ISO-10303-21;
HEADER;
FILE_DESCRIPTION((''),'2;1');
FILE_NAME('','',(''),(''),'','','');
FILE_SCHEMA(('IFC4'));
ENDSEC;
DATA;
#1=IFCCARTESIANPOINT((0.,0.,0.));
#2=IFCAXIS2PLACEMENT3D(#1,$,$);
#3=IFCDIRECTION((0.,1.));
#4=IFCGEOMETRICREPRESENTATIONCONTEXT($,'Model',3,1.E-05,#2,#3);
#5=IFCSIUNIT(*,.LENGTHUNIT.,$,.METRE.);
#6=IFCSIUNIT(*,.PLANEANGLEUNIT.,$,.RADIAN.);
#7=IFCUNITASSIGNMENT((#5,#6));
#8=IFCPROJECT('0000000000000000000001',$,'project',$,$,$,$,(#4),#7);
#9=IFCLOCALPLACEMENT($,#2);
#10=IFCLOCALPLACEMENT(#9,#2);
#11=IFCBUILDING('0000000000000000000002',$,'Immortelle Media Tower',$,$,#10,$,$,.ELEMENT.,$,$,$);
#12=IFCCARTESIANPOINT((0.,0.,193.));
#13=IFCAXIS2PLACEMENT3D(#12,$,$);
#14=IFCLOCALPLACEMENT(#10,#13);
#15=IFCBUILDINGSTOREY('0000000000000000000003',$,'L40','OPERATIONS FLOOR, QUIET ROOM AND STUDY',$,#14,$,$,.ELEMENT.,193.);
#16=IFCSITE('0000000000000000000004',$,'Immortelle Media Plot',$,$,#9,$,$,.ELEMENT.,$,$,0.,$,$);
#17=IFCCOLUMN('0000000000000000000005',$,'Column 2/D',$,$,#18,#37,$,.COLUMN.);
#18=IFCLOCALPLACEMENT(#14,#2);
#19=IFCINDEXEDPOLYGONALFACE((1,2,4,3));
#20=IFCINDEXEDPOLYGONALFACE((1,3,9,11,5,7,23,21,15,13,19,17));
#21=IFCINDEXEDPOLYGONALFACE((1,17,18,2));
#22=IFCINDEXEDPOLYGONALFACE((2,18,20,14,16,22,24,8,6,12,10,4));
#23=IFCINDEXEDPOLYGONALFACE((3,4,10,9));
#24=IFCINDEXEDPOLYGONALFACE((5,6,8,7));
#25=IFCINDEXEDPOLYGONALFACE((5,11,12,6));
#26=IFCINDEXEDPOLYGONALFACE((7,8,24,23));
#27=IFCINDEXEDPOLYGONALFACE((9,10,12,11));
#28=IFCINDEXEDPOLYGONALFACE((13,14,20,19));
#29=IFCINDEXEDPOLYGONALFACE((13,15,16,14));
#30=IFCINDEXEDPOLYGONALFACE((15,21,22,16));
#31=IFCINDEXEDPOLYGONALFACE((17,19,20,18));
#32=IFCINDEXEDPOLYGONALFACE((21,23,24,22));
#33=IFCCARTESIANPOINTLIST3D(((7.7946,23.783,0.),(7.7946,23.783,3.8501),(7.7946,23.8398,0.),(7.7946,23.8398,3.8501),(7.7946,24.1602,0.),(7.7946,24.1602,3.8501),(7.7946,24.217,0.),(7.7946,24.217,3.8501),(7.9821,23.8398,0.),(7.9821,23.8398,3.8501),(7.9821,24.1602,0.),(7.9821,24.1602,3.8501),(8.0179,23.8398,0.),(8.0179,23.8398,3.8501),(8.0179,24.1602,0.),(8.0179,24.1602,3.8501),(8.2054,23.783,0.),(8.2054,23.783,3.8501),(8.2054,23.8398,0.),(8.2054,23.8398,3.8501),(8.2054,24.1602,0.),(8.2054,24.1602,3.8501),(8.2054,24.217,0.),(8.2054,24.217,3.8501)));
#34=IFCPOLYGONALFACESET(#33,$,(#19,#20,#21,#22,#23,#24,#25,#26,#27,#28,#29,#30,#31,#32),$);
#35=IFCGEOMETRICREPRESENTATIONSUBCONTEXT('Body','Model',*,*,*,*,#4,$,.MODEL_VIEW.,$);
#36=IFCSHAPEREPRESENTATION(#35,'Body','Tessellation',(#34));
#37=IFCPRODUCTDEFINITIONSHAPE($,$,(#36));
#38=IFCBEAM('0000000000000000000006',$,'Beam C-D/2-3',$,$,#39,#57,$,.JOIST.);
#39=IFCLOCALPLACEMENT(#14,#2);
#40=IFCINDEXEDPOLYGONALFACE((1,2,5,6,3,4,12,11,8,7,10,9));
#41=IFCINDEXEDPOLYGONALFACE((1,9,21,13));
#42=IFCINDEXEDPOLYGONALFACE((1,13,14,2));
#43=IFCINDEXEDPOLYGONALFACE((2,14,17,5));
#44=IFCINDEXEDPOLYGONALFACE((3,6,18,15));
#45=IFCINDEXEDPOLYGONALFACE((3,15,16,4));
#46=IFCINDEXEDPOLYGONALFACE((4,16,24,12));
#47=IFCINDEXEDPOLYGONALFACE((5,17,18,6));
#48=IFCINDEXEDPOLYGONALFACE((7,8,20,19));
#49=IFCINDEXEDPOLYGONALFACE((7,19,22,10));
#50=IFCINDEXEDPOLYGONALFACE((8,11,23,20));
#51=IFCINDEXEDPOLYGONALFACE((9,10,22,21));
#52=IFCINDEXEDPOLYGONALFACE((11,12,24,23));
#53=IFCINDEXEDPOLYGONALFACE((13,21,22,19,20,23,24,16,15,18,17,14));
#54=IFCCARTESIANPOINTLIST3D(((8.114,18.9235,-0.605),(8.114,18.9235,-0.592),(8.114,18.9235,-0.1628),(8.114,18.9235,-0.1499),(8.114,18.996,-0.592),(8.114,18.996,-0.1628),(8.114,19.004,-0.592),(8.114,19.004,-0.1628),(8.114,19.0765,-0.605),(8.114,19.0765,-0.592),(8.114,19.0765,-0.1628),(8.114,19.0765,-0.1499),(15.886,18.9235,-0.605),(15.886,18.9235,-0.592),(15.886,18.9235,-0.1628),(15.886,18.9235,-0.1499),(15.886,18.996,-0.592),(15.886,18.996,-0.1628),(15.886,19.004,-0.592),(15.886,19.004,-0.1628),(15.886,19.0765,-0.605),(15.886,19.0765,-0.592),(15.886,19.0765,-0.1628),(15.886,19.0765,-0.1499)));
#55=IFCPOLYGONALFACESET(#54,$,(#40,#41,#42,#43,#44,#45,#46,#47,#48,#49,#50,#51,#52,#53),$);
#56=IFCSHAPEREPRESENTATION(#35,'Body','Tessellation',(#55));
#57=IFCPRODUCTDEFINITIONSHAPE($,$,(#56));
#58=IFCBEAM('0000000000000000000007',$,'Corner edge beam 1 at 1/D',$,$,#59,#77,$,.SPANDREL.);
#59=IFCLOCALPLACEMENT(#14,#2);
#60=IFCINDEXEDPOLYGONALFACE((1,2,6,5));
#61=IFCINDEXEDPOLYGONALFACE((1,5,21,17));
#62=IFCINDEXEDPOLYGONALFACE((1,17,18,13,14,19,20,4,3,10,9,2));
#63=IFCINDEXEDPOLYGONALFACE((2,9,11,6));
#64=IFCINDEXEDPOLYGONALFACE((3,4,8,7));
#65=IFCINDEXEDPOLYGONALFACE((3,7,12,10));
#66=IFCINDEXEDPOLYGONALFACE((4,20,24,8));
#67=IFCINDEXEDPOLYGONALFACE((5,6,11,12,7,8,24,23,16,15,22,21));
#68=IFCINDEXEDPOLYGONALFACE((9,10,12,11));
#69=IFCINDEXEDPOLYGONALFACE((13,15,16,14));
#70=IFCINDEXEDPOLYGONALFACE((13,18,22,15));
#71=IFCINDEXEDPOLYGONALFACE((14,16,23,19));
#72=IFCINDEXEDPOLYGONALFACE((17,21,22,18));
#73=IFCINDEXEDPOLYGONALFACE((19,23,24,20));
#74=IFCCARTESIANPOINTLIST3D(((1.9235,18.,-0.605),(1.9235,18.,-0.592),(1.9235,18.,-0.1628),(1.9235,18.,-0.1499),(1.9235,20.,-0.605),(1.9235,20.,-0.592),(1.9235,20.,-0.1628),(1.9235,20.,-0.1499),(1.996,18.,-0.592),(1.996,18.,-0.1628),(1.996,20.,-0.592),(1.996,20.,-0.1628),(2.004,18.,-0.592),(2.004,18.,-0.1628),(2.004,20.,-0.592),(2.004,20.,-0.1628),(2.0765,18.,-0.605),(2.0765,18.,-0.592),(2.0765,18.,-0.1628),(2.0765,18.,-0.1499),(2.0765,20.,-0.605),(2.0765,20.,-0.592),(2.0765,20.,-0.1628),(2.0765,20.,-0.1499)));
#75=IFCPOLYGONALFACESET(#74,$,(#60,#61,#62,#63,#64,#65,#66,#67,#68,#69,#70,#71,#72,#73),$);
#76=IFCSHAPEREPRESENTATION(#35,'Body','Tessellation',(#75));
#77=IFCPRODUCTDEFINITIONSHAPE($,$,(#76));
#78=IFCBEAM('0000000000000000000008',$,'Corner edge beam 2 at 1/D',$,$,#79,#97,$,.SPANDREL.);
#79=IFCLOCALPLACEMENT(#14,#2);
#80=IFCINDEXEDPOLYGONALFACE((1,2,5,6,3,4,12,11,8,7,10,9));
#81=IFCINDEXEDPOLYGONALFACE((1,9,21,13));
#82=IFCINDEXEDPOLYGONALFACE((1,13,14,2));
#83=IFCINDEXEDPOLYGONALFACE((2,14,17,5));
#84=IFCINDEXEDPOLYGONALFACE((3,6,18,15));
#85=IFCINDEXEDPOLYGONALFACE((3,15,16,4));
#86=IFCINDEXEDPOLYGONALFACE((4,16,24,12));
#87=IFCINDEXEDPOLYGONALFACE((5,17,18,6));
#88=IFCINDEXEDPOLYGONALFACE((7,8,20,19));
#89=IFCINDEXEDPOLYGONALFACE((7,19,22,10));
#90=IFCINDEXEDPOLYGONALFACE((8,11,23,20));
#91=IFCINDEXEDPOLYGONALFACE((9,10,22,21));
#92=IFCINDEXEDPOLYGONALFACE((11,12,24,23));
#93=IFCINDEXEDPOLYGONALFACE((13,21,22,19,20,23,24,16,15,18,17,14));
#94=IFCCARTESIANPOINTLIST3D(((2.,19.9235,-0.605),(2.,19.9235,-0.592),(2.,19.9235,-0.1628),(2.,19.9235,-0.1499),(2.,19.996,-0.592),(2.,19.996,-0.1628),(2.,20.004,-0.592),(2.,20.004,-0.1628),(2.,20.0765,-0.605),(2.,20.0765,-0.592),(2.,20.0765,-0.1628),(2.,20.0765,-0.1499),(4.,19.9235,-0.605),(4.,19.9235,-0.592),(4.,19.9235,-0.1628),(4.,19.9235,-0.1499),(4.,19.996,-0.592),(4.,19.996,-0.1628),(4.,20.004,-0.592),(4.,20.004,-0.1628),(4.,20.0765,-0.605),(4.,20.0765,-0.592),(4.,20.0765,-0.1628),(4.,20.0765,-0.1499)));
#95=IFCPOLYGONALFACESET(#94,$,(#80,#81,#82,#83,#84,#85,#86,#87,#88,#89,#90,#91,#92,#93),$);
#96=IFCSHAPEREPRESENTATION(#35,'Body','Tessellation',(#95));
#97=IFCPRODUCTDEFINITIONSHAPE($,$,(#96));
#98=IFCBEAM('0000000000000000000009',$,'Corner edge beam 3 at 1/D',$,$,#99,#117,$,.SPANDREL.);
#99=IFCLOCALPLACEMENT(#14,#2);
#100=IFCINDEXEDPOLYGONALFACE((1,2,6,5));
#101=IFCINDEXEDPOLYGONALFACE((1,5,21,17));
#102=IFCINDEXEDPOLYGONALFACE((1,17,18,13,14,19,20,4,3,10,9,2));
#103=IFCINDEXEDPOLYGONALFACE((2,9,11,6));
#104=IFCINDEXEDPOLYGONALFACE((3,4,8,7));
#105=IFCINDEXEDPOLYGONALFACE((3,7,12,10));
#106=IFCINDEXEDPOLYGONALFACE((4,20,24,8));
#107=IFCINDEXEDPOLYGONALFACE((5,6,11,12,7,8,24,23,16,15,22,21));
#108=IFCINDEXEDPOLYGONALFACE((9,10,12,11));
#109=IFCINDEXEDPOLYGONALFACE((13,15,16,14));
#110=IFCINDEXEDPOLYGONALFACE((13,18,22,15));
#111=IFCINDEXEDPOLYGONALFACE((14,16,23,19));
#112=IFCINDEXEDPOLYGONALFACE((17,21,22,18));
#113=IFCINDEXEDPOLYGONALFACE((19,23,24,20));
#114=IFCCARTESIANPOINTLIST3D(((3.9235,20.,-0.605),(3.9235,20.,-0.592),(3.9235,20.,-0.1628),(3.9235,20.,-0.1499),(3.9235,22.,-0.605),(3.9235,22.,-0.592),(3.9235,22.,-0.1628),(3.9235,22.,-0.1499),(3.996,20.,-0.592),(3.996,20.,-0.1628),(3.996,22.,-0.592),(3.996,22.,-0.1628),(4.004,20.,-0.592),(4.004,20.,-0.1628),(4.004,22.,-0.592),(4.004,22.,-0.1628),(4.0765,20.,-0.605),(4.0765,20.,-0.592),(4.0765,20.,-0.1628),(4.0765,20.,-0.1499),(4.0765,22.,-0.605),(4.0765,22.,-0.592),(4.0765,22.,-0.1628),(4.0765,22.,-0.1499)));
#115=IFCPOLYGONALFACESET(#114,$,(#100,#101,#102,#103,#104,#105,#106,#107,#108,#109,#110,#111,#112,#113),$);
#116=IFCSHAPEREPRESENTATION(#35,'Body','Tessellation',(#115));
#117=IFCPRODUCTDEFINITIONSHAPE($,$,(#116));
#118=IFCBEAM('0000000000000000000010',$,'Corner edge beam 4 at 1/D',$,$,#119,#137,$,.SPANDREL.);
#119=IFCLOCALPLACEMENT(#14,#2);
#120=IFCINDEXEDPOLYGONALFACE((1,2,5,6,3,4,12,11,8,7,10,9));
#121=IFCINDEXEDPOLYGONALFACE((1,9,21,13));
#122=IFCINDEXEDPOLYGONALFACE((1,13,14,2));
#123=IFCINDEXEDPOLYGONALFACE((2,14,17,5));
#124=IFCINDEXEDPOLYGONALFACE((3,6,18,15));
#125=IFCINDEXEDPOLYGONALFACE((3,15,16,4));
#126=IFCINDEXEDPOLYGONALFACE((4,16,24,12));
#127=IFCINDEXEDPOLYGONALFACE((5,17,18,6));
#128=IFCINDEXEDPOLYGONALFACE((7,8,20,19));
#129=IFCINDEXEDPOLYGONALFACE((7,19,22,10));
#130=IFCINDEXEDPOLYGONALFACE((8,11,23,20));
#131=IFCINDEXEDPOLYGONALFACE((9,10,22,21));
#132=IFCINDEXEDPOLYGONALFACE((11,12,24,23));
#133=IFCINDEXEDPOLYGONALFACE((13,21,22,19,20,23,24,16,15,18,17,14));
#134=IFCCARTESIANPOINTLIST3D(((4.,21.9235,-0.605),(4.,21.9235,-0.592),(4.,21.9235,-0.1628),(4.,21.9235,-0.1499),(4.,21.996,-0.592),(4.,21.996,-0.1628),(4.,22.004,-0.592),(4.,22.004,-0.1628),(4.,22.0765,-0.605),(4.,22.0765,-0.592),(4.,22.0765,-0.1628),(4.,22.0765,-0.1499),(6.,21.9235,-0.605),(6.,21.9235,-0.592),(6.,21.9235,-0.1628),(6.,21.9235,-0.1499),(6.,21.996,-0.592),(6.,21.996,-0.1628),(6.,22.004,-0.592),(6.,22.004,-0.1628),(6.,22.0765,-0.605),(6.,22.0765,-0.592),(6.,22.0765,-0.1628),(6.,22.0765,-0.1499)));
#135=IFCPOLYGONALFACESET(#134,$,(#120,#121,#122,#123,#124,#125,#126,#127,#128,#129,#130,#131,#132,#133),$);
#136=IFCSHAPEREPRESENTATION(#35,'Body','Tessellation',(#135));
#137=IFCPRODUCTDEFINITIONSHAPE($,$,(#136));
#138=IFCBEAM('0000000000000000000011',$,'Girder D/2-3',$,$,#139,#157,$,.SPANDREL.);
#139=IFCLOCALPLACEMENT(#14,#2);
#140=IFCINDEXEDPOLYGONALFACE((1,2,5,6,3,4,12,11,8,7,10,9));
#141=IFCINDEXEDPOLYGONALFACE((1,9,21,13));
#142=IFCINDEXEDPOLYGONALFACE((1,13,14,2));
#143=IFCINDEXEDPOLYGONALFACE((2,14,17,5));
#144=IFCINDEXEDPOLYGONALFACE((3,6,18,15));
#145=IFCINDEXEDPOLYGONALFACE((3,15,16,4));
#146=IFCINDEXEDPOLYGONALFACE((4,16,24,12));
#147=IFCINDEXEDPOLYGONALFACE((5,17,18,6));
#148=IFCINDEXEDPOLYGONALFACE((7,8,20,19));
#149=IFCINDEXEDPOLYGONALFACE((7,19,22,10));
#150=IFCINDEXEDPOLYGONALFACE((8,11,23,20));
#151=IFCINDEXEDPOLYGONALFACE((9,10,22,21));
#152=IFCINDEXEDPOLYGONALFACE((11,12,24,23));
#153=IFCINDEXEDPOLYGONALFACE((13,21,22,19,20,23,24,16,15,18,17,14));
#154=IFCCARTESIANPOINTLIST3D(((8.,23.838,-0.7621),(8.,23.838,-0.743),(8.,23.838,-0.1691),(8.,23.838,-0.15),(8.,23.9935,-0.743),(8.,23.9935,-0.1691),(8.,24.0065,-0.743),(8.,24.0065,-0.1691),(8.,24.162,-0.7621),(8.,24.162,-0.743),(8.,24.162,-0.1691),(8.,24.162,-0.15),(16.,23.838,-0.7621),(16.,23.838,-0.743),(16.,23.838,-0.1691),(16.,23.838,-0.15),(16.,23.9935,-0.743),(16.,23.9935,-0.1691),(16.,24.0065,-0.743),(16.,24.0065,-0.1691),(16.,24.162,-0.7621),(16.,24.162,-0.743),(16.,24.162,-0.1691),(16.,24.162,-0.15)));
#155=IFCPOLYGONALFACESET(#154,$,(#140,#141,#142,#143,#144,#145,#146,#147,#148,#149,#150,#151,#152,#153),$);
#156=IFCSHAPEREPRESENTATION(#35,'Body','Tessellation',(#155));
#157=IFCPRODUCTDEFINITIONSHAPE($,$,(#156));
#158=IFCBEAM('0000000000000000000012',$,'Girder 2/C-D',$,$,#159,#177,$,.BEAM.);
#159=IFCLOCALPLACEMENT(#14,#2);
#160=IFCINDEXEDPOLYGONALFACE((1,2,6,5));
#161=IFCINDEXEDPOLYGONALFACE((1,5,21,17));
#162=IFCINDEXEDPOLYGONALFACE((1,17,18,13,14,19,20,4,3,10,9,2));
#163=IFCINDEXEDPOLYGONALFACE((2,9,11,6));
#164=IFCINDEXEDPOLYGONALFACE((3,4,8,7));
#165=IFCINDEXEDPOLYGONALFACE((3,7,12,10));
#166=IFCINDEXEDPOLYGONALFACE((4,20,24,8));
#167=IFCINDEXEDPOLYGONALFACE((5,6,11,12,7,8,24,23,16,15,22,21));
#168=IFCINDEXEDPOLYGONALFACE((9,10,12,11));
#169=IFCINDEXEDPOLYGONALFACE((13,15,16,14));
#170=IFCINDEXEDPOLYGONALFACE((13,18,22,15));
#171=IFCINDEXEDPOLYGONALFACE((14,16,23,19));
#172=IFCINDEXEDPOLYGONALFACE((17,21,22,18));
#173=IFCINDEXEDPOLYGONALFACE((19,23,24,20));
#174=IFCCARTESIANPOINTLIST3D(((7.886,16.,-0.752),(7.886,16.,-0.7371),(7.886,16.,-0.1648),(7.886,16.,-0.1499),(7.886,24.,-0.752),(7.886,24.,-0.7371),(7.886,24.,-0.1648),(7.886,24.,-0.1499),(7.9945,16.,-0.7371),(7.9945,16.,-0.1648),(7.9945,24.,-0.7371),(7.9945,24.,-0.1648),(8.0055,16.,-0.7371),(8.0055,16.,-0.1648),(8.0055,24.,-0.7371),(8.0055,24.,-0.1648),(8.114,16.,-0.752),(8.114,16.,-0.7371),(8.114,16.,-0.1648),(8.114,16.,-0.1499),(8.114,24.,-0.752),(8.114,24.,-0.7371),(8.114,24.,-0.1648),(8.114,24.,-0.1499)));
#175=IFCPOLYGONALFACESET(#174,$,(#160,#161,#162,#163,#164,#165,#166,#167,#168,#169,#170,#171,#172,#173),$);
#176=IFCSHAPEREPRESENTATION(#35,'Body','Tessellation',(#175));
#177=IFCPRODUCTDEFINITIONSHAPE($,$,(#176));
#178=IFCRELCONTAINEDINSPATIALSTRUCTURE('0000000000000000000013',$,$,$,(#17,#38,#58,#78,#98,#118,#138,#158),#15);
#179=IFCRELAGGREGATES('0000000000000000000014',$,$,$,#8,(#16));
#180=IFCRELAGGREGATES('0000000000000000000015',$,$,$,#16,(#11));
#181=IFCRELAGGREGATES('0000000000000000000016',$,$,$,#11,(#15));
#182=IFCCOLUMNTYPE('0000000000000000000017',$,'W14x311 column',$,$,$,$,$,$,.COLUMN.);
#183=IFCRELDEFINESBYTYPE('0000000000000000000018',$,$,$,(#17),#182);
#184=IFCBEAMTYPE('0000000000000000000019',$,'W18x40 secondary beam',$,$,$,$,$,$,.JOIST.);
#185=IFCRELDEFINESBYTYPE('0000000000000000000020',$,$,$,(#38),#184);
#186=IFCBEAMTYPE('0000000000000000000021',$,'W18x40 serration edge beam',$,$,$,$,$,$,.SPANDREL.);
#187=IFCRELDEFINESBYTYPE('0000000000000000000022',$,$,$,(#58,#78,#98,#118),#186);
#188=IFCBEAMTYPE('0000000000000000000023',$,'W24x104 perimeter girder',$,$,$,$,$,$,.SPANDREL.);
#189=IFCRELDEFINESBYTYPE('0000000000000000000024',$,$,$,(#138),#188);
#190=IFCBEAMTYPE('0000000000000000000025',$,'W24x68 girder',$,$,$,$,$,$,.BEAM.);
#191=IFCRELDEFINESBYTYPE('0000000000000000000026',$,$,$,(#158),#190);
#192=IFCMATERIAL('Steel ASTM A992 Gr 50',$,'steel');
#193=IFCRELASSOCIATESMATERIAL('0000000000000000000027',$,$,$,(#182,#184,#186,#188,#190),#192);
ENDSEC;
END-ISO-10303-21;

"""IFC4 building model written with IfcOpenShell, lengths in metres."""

from ifc_helpers import new_model, si_unit, direction, frame, origin, origin_2d, place, context, subcontext, project, spatial, i_section, extrude, material, material_profile, profile_set, type_object, element, save


model = new_model("IFC4")

# Units and contexts
model_context = context("Model", 3, precision=1e-05, world=origin(), true_north=direction((0.0, 1.0)))
body_context = subcontext(model_context, "Body", "Model", "MODEL_VIEW")
ifc_project = project(units=[si_unit("LENGTHUNIT", "METRE"), si_unit("PLANEANGLEUNIT", "RADIAN")], contexts=[model_context])

# Site, building, storey
site_placement = place(None, origin())
site = spatial("IfcSite", under=ifc_project, at=site_placement, Name="Immortelle Media Plot", CompositionType="ELEMENT", RefElevation=0.0)
building_placement = place(site_placement, origin())
building = spatial("IfcBuilding", under=site, at=building_placement, Name="Immortelle Media Tower", CompositionType="ELEMENT")
storey_placement = place(building_placement, frame((0.0, 0.0, 193.0)))
storey = spatial("IfcBuildingStorey", under=building, at=storey_placement, Name="L40", Description="OPERATIONS FLOOR, QUIET ROOM AND STUDY", CompositionType="ELEMENT", Elevation=193.0)

# Column
ifc_material_1 = material(Name="Steel ASTM A992 Gr 50", Category="steel")
ifc_material_profile_1 = material_profile(ifc_material_1, i_section(OverallWidth=0.4109, OverallDepth=0.4341, WebThickness=0.0359, FlangeThickness=0.0569, at=origin_2d()), Name="W14x311")
ifc_profile_set_1 = profile_set([ifc_material_profile_1], Name="Steel ASTM A992 Gr 50")
column_type = type_object("IfcColumnType", Name="W14x311 column", PredefinedType="COLUMN", material=ifc_profile_set_1)
column_placement = place(storey_placement, frame((8.0, 24.0, 0.0), z_axis=(0.0, 0.0, 1.0), x_axis=(1.0, 0.0, 0.0)))
element("IfcColumn", 1, at=column_placement, inside=storey, type_object=column_type, Name="Column 2/D", PredefinedType="COLUMN", context=body_context, shape_type="SweptSolid", body=[
    extrude(i_section(OverallWidth=0.4109, OverallDepth=0.4341, WebThickness=0.0359, FlangeThickness=0.0569, at=origin_2d()), origin(), (0.0, 0.0, 1.0), 3.8501),
])

# Beams
ifc_material_profile_2 = material_profile(ifc_material_1, i_section(OverallWidth=0.1531, OverallDepth=0.4551, WebThickness=0.0081, FlangeThickness=0.0129, at=origin_2d()), Name="W18x40")
ifc_profile_set_2 = profile_set([ifc_material_profile_2], Name="Steel ASTM A992 Gr 50")
beam_type_1 = type_object("IfcBeamType", Name="W18x40 secondary beam", PredefinedType="JOIST", material=ifc_profile_set_2)
beam_1_placement = place(storey_placement, frame((8.114, 19.0, -0.3774), z_axis=(1.0, 0.0, 0.0), x_axis=(0.0, 1.0, 0.0)))
element("IfcBeam", 2, at=beam_1_placement, inside=storey, type_object=beam_type_1, Name="Beam C-D/2-3", PredefinedType="JOIST", context=body_context, shape_type="SweptSolid", body=[
    extrude(i_section(OverallWidth=0.1531, OverallDepth=0.4551, WebThickness=0.0081, FlangeThickness=0.0129, at=origin_2d()), origin(), (0.0, 0.0, 1.0), 7.772),
])
ifc_material_profile_3 = material_profile(ifc_material_1, i_section(OverallWidth=0.1531, OverallDepth=0.4551, WebThickness=0.0081, FlangeThickness=0.0129, at=origin_2d()), Name="W18x40")
ifc_profile_set_3 = profile_set([ifc_material_profile_3], Name="Steel ASTM A992 Gr 50")
beam_type_2 = type_object("IfcBeamType", Name="W18x40 serration edge beam", PredefinedType="SPANDREL", material=ifc_profile_set_3)
for number, where, z_axis, x_axis, name in (
    (3, (2.0, 18.0, -0.3774), (0.0, 1.0, 0.0), (-1.0, 0.0, 0.0), "Corner edge beam 1 at 1/D"),
    (4, (2.0, 20.0, -0.3774), (1.0, 0.0, 0.0), (0.0, 1.0, 0.0), "Corner edge beam 2 at 1/D"),
    (5, (4.0, 20.0, -0.3774), (0.0, 1.0, 0.0), (-1.0, 0.0, 0.0), "Corner edge beam 3 at 1/D"),
    (6, (4.0, 22.0, -0.3774), (1.0, 0.0, 0.0), (0.0, 1.0, 0.0), "Corner edge beam 4 at 1/D"),
):
    element("IfcBeam", number, at=place(storey_placement, frame(where, z_axis=z_axis, x_axis=x_axis)), inside=storey, type_object=beam_type_2, Name=name, PredefinedType="SPANDREL", context=body_context, shape_type="SweptSolid", body=[
        extrude(i_section(OverallWidth=0.1531, OverallDepth=0.4551, WebThickness=0.0081, FlangeThickness=0.0129, at=origin_2d()), origin(), (0.0, 0.0, 1.0), 2.0),
    ])
ifc_material_profile_4 = material_profile(ifc_material_1, i_section(OverallWidth=0.324, OverallDepth=0.6121, WebThickness=0.0129, FlangeThickness=0.019, at=origin_2d()), Name="W24x104")
ifc_profile_set_4 = profile_set([ifc_material_profile_4], Name="Steel ASTM A992 Gr 50")
beam_type_3 = type_object("IfcBeamType", Name="W24x104 perimeter girder", PredefinedType="SPANDREL", material=ifc_profile_set_4)
beam_2_placement = place(storey_placement, frame((8.0, 24.0, -0.4561), z_axis=(1.0, 0.0, 0.0), x_axis=(0.0, 1.0, 0.0)))
element("IfcBeam", 7, at=beam_2_placement, inside=storey, type_object=beam_type_3, Name="Girder D/2-3", PredefinedType="SPANDREL", context=body_context, shape_type="SweptSolid", body=[
    extrude(i_section(OverallWidth=0.324, OverallDepth=0.6121, WebThickness=0.0129, FlangeThickness=0.019, at=origin_2d()), origin(), (0.0, 0.0, 1.0), 8.0),
])
ifc_material_profile_5 = material_profile(ifc_material_1, i_section(OverallWidth=0.228, OverallDepth=0.6021, WebThickness=0.011, FlangeThickness=0.0149, at=origin_2d()), Name="W24x68")
ifc_profile_set_5 = profile_set([ifc_material_profile_5], Name="Steel ASTM A992 Gr 50")
beam_type_4 = type_object("IfcBeamType", Name="W24x68 girder", PredefinedType="BEAM", material=ifc_profile_set_5)
beam_3_placement = place(storey_placement, frame((8.0, 16.0, -0.4509), z_axis=(0.0, 1.0, 0.0), x_axis=(-1.0, 0.0, 0.0)))
element("IfcBeam", 8, at=beam_3_placement, inside=storey, type_object=beam_type_4, Name="Girder 2/C-D", PredefinedType="BEAM", context=body_context, shape_type="SweptSolid", body=[
    extrude(i_section(OverallWidth=0.228, OverallDepth=0.6021, WebThickness=0.011, FlangeThickness=0.0149, at=origin_2d()), origin(), (0.0, 0.0, 1.0), 8.0),
])

save(model, "model.ifc")
